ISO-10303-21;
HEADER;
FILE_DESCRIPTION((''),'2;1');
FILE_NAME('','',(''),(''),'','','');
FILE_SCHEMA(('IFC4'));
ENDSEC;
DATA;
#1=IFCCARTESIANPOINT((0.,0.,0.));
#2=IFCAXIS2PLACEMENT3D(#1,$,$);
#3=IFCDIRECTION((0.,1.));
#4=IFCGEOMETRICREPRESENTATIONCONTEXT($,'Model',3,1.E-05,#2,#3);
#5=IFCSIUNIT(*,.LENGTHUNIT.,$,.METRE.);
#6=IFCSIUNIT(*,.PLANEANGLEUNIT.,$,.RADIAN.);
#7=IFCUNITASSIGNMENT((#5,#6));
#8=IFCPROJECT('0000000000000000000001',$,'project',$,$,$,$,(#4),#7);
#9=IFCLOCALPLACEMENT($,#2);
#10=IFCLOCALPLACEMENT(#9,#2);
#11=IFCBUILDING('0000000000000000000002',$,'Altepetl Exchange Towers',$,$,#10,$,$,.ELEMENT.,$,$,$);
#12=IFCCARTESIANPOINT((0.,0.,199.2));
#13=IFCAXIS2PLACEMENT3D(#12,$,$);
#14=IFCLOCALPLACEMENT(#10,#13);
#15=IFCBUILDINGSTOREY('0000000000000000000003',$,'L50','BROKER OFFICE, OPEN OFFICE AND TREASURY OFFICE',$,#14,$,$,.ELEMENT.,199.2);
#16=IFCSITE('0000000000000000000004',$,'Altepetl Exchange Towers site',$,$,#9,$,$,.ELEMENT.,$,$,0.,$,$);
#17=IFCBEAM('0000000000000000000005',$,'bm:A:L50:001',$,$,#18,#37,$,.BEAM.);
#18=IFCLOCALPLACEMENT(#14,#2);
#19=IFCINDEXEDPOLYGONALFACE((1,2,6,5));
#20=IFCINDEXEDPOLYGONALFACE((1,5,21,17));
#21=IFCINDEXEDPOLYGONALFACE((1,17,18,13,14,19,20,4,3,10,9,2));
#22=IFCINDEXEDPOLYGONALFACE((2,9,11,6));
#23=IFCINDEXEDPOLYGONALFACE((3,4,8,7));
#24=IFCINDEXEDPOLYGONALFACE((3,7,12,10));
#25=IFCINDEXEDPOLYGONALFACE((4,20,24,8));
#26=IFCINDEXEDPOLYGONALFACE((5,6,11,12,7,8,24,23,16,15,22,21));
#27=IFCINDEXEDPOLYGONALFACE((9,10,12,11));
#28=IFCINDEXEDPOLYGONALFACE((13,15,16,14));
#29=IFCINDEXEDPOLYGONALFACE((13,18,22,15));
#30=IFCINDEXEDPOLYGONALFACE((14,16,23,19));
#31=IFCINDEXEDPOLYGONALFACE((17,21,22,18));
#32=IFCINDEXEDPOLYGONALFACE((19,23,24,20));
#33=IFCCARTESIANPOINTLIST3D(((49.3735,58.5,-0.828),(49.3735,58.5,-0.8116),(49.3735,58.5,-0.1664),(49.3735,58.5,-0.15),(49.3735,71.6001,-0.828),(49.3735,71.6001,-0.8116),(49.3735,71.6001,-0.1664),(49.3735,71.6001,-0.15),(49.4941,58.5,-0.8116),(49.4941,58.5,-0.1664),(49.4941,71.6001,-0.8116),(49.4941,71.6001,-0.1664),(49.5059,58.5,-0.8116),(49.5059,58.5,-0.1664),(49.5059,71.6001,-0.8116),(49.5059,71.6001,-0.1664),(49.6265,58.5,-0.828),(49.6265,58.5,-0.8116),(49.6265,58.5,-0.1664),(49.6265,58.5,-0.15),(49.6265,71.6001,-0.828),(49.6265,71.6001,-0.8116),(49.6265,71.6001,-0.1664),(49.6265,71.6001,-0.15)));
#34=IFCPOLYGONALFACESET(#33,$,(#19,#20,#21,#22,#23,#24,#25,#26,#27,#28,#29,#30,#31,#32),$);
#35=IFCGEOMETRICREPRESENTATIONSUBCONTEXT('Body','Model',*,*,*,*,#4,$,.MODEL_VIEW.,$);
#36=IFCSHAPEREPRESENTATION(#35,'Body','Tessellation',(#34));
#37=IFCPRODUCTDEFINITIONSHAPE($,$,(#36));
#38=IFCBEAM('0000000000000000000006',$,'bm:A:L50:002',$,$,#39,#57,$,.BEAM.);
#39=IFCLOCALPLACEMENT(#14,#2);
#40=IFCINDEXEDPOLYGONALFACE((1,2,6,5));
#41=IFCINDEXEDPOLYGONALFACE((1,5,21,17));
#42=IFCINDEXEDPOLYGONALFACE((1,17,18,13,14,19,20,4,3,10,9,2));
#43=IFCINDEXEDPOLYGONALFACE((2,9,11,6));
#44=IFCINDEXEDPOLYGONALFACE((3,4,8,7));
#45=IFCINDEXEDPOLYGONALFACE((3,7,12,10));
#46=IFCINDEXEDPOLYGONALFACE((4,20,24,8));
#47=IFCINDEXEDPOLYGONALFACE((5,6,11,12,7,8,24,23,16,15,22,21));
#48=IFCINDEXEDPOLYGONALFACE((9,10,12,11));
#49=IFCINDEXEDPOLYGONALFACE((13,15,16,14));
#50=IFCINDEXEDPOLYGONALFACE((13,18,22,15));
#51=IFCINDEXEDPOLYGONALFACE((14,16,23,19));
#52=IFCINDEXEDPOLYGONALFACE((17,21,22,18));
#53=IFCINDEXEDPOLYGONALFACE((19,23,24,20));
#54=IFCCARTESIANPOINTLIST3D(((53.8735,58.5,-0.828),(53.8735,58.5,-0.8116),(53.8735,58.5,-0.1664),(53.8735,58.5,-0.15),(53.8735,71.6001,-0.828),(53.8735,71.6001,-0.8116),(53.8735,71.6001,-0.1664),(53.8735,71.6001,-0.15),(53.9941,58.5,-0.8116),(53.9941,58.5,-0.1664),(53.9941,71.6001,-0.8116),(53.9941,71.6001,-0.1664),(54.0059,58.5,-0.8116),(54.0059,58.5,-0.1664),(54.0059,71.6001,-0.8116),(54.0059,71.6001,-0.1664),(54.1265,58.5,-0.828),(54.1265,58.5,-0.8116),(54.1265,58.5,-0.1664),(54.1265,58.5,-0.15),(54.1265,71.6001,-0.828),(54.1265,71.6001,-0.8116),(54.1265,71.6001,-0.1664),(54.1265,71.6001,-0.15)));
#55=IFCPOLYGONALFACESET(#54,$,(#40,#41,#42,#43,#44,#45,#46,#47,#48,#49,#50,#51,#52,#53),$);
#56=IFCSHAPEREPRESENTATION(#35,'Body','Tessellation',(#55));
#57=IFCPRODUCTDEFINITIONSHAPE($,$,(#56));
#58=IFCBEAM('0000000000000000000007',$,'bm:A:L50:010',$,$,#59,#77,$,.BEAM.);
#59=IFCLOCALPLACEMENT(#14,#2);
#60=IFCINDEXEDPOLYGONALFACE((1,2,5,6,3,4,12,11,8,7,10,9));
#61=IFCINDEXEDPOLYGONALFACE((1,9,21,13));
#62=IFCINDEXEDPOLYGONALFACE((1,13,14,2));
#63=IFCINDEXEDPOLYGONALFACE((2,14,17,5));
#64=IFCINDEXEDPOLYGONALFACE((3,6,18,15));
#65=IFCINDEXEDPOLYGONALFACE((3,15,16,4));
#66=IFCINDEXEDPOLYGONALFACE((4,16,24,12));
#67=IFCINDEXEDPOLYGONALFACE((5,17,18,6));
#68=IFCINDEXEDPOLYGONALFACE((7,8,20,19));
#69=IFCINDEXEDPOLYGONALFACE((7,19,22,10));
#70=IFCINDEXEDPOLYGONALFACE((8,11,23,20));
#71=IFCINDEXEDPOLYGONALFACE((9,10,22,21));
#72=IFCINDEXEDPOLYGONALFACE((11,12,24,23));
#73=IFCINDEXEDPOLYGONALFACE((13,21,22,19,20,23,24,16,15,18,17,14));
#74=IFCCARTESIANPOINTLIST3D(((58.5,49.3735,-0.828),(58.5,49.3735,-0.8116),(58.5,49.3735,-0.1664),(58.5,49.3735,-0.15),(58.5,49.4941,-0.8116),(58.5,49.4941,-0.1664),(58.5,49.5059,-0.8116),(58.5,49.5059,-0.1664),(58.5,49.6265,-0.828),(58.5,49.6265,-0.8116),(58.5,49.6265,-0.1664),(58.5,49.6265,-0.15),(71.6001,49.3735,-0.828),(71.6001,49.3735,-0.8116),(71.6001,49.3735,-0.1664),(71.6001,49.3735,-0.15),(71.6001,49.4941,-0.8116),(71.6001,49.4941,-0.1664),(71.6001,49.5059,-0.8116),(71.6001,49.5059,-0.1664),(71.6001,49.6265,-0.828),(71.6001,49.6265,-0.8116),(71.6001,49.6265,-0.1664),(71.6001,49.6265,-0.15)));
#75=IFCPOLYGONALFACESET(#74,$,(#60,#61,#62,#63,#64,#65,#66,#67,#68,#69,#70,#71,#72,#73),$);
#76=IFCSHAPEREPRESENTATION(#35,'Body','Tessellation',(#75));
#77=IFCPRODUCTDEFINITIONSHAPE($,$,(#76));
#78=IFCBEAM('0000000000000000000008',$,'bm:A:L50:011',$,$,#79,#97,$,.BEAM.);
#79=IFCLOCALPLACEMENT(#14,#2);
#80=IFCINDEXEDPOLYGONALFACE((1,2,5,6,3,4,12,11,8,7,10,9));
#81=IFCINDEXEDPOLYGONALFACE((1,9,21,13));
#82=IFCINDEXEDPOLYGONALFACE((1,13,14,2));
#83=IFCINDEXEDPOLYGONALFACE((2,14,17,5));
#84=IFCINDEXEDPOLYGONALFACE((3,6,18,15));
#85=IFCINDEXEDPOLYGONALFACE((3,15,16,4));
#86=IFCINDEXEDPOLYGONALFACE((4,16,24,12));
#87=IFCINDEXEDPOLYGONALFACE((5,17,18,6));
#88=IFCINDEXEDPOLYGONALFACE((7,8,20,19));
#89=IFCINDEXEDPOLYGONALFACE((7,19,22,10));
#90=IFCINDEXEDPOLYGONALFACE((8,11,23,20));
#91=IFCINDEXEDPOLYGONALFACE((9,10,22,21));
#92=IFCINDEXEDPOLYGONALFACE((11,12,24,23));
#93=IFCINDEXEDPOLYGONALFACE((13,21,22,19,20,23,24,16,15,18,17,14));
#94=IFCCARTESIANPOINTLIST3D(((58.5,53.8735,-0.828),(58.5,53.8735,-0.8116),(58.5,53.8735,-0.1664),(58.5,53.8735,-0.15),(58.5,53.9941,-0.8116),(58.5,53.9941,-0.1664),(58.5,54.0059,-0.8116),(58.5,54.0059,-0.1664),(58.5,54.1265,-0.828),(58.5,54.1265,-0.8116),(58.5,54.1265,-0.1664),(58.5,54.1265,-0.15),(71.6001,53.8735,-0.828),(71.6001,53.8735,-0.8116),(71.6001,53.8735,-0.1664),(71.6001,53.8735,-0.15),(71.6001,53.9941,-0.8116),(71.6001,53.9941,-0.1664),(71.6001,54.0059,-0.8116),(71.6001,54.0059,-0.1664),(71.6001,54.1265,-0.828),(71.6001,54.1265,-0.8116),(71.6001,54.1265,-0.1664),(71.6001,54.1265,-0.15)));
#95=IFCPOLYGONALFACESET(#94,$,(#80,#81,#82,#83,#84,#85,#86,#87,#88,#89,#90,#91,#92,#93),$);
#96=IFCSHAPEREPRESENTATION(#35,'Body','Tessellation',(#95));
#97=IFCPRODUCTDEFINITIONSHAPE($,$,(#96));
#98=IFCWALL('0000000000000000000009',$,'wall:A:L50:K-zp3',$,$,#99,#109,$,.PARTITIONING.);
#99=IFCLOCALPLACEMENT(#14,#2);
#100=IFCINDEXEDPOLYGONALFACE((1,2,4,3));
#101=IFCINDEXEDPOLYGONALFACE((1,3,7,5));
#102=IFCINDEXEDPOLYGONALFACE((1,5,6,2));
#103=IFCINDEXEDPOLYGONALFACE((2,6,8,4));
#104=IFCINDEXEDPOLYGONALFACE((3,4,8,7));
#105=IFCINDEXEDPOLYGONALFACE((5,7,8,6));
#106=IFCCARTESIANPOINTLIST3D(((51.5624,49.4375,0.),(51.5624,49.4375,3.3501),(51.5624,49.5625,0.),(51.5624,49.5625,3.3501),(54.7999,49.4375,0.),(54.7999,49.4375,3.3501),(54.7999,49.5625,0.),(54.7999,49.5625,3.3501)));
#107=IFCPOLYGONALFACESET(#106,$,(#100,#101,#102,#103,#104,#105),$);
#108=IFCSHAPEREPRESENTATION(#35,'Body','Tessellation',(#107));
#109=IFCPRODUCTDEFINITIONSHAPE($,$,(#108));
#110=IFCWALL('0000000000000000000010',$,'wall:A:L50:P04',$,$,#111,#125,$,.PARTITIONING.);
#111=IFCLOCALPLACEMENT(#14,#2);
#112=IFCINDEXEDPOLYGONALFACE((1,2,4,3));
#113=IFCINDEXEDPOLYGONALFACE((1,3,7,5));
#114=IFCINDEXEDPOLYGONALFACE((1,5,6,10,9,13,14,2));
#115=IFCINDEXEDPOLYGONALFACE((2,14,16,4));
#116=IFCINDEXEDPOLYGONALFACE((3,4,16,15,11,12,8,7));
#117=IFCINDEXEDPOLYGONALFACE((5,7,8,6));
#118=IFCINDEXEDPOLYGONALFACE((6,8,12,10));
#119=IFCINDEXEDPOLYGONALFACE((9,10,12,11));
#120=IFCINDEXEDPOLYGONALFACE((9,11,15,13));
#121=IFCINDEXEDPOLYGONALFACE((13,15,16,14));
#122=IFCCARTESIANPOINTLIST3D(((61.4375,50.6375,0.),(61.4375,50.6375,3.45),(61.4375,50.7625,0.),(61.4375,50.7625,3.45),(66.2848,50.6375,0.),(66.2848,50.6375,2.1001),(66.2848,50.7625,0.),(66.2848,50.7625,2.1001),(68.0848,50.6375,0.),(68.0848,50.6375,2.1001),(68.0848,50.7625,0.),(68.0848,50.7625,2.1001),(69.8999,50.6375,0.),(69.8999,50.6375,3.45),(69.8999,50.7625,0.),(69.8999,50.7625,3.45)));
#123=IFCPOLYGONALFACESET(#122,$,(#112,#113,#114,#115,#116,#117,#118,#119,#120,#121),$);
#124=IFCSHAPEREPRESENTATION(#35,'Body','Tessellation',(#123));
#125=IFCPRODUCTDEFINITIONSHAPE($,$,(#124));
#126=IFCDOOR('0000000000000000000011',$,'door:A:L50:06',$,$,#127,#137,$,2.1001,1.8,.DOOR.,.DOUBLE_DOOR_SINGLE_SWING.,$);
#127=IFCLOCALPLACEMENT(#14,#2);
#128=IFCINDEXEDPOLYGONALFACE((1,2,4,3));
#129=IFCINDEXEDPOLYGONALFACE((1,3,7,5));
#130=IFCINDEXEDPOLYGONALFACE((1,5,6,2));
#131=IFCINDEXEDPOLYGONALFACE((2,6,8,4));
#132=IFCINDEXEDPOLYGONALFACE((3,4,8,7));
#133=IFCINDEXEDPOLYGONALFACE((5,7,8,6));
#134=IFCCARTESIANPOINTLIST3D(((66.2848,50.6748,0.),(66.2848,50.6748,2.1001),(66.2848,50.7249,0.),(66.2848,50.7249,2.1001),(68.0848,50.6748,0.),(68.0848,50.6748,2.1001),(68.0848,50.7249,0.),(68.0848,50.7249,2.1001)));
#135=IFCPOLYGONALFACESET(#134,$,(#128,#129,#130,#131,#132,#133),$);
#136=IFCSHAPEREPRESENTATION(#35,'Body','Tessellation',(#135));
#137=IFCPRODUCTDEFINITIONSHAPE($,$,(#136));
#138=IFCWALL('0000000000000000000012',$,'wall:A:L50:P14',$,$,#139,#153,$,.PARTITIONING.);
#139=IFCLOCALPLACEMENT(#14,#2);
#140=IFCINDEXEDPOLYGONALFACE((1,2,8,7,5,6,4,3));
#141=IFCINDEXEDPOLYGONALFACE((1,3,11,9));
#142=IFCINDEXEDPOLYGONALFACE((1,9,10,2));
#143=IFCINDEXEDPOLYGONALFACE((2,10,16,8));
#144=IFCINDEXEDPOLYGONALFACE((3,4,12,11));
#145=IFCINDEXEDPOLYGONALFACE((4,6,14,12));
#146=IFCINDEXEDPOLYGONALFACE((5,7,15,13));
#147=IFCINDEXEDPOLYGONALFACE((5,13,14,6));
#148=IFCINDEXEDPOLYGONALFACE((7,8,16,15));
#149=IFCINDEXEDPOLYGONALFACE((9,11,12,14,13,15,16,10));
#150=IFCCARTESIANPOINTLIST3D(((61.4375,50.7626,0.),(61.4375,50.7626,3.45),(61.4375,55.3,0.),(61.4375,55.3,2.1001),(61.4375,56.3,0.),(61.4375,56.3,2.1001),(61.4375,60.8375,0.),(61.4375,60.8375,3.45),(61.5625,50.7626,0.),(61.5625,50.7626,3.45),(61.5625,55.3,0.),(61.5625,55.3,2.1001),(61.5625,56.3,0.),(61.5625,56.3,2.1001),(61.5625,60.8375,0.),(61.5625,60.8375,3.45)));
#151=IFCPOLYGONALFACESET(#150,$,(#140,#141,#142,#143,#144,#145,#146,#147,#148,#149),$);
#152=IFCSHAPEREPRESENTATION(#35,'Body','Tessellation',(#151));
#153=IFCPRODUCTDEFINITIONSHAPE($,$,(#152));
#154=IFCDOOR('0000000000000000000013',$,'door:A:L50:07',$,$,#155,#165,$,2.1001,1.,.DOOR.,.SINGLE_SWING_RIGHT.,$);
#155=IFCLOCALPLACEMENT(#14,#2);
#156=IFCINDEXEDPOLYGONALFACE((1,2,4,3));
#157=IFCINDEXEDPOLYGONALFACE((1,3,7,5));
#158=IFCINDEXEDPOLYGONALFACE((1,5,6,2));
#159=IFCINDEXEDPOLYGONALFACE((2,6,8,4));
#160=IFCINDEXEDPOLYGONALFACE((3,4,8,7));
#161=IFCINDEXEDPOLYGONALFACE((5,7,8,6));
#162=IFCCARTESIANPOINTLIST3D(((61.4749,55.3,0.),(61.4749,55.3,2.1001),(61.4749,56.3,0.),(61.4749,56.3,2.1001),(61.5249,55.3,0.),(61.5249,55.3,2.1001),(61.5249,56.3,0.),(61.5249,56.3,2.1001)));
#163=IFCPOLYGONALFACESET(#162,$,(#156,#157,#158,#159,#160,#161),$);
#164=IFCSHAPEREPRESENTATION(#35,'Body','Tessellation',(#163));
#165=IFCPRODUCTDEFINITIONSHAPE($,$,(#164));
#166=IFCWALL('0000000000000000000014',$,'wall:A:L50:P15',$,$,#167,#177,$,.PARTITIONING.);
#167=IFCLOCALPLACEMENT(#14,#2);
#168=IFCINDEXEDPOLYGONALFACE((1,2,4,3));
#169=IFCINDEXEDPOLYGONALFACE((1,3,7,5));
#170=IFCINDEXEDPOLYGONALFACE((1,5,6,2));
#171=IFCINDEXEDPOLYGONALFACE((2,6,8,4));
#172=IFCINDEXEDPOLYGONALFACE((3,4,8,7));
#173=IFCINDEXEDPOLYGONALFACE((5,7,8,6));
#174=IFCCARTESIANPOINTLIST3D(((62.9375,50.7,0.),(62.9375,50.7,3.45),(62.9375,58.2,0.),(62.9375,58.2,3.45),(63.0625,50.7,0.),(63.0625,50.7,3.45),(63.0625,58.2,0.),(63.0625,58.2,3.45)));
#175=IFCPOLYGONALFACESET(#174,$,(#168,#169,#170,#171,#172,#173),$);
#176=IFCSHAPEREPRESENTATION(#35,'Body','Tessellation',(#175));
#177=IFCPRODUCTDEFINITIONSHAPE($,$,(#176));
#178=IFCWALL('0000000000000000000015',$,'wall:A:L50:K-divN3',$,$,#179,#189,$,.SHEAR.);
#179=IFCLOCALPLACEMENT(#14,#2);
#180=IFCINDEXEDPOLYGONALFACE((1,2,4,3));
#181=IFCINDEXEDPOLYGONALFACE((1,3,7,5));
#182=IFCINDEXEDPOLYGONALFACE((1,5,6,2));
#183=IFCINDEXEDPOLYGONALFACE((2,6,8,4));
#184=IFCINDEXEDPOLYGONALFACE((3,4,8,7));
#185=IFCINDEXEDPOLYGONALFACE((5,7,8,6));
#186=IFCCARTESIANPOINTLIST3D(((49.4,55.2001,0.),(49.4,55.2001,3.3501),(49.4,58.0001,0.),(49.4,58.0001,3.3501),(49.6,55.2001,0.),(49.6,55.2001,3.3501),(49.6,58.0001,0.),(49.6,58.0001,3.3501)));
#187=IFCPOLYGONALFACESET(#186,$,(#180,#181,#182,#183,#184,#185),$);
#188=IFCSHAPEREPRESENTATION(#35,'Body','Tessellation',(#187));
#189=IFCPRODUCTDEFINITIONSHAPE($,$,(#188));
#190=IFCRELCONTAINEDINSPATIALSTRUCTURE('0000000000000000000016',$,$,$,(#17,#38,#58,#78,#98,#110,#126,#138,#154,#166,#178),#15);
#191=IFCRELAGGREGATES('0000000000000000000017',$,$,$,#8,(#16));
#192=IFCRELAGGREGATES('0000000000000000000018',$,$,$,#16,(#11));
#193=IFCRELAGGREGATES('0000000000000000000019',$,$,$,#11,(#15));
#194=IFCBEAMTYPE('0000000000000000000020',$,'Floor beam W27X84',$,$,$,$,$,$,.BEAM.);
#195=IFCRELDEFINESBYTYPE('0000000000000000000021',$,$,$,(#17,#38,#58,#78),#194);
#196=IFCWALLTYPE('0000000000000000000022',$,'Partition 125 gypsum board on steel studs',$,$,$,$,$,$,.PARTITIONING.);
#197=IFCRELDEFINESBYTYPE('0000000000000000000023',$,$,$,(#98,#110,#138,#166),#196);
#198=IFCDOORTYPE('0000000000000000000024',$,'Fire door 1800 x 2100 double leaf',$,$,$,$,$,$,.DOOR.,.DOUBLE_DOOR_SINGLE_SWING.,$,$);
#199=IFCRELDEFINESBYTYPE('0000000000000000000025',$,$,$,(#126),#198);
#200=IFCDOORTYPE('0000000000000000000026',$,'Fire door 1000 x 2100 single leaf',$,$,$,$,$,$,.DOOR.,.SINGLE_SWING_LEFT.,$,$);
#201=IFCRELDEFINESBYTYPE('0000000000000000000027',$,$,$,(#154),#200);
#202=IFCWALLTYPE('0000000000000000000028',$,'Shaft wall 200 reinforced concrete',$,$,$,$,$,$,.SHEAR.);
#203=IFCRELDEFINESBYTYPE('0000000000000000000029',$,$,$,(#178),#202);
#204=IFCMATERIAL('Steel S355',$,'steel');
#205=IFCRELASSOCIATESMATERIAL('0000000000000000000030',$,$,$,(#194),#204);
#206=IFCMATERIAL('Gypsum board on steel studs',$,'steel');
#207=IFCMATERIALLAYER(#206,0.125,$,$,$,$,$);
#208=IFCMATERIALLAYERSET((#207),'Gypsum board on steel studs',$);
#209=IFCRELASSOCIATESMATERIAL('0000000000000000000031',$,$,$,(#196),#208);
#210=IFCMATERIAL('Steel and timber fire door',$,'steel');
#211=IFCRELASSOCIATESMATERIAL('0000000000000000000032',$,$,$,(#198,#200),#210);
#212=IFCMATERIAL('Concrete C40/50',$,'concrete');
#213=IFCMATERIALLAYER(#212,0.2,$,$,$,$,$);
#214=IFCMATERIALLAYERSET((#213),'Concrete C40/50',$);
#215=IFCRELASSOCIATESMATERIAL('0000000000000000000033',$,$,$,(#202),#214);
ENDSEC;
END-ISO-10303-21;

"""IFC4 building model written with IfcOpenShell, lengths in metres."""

from ifc_helpers import new_model, si_unit, direction, frame, frame_2d, origin, origin_2d, place, context, subcontext, project, spatial, rectangle, i_section, extrude, material, layer, layer_set, material_profile, profile_set, type_object, element, fill, save


model = new_model("IFC4")

# Units and contexts
model_context = context("Model", 3, precision=1e-05, world=origin(), true_north=direction((0.0, 1.0)))
body_context = subcontext(model_context, "Body", "Model", "MODEL_VIEW")
ifc_project = project(units=[si_unit("LENGTHUNIT", "METRE"), si_unit("PLANEANGLEUNIT", "RADIAN")], contexts=[model_context])

# Site, building, storey
site_placement = place(None, origin())
site = spatial("IfcSite", under=ifc_project, at=site_placement, Name="Altepetl Exchange Towers site", CompositionType="ELEMENT", RefElevation=0.0)
building_placement = place(site_placement, origin())
building = spatial("IfcBuilding", under=site, at=building_placement, Name="Altepetl Exchange Towers", CompositionType="ELEMENT")
storey_placement = place(building_placement, frame((0.0, 0.0, 199.2)))
storey = spatial("IfcBuildingStorey", under=building, at=storey_placement, Name="L50", Description="BROKER OFFICE, OPEN OFFICE AND TREASURY OFFICE", CompositionType="ELEMENT", Elevation=199.2)

# Beams
ifc_material_1 = material(Name="Steel S355", Category="steel")
ifc_material_profile = material_profile(ifc_material_1, i_section(OverallWidth=0.2529, OverallDepth=0.678, WebThickness=0.0117, FlangeThickness=0.0164, at=origin_2d()), Name="W27X84")
ifc_profile_set = profile_set([ifc_material_profile], Name="Steel S355")
beam_type = type_object("IfcBeamType", Name="Floor beam W27X84", PredefinedType="BEAM", material=ifc_profile_set)
for number, where, z_axis, x_axis, name in (
    (1, (49.5, 58.5, -0.489), (0.0, 1.0, 0.0), (-1.0, 0.0, 0.0), "bm:A:L50:001"),
    (2, (54.0, 58.5, -0.489), (0.0, 1.0, 0.0), (-1.0, 0.0, 0.0), "bm:A:L50:002"),
    (3, (58.5, 49.5, -0.489), (1.0, 0.0, 0.0), (0.0, 1.0, 0.0), "bm:A:L50:010"),
    (4, (58.5, 54.0, -0.489), (1.0, 0.0, 0.0), (0.0, 1.0, 0.0), "bm:A:L50:011"),
):
    element("IfcBeam", number, at=place(storey_placement, frame(where, z_axis=z_axis, x_axis=x_axis)), inside=storey, type_object=beam_type, Name=name, PredefinedType="BEAM", context=body_context, shape_type="SweptSolid", body=[
        extrude(i_section(OverallWidth=0.2529, OverallDepth=0.678, WebThickness=0.0117, FlangeThickness=0.0164, at=origin_2d()), origin(), (0.0, 0.0, 1.0), 13.1001),
    ])

# Wall
ifc_material_2 = material(Name="Gypsum board on steel studs", Category="steel")
ifc_layer_1 = layer(ifc_material_2, 0.125)
ifc_layer_set_1 = layer_set([ifc_layer_1], Name="Gypsum board on steel studs")
wall_type_1 = type_object("IfcWallType", Name="Partition 125 gypsum board on steel studs", PredefinedType="PARTITIONING", material=ifc_layer_set_1)
wall_1_placement = place(storey_placement, frame((51.5625, 49.5, 0.0)))
element("IfcWall", 5, at=wall_1_placement, inside=storey, type_object=wall_type_1, Name="wall:A:L50:K-zp3", PredefinedType="PARTITIONING", context=body_context, shape_type="SweptSolid", body=[
    extrude(rectangle(XDim=3.2375, YDim=0.125, at=frame_2d((1.6187, 0.0))), origin(), (0.0, 0.0, 1.0), 3.3501),
])

# Walls, openings, doors
wall_2_placement = place(storey_placement, frame((61.4375, 50.7, 0.0)))
wall_2 = element("IfcWall", 6, at=wall_2_placement, inside=storey, type_object=wall_type_1, Name="wall:A:L50:P04", PredefinedType="PARTITIONING", context=body_context, shape_type="SweptSolid", body=[
    extrude(rectangle(XDim=8.4624, YDim=0.125, at=frame_2d((4.2312, 0.0))), origin(), (0.0, 0.0, 1.0), 3.45),
])
opening_1_placement = place(wall_2_placement, frame((4.8474, 0.0, 0.0)))
opening_1 = element("IfcOpeningElement", 7, at=opening_1_placement, cuts=wall_2, PredefinedType="OPENING", context=body_context, shape_type="SweptSolid", body=[
    extrude(rectangle(XDim=1.8, YDim=2.1001, at=frame_2d((0.8999, 1.05))), frame((0.0, 0.0725, 0.0), z_axis=(0.0, -1.0, 0.0), x_axis=(1.0, 0.0, 0.0)), (0.0, 0.0, 1.0), 0.145),
])
ifc_material_3 = material(Name="Steel and timber fire door", Category="steel")
door_type_1 = type_object("IfcDoorType", Name="Fire door 1800 x 2100 double leaf", OperationType="DOUBLE_DOOR_SINGLE_SWING", PredefinedType="DOOR", material=ifc_material_3)
door_1_placement = place(opening_1_placement, origin())
door_1 = element("IfcDoor", 8, at=door_1_placement, inside=storey, type_object=door_type_1, Name="door:A:L50:06", OperationType="DOUBLE_DOOR_SINGLE_SWING", OverallHeight=2.1001, OverallWidth=1.8, PredefinedType="DOOR", context=body_context, shape_type="SweptSolid", body=[
    extrude(rectangle(XDim=1.8, YDim=2.1001, at=frame_2d((0.8999, 1.05))), frame((0.0, 0.0249, 0.0), z_axis=(0.0, -1.0, 0.0), x_axis=(1.0, 0.0, 0.0)), (0.0, 0.0, 1.0), 0.05),
])
fill(opening_1, door_1)
wall_3_placement = place(storey_placement, frame((61.5, 50.7625, 0.0), z_axis=(0.0, 0.0, 1.0), x_axis=(0.0, 1.0, 0.0)))
wall_3 = element("IfcWall", 9, at=wall_3_placement, inside=storey, type_object=wall_type_1, Name="wall:A:L50:P14", PredefinedType="PARTITIONING", context=body_context, shape_type="SweptSolid", body=[
    extrude(rectangle(XDim=10.075, YDim=0.125, at=frame_2d((5.0376, 0.0))), origin(), (0.0, 0.0, 1.0), 3.45),
])
opening_2_placement = place(wall_3_placement, frame((4.5376, 0.0, 0.0)))
opening_2 = element("IfcOpeningElement", 10, at=opening_2_placement, cuts=wall_3, PredefinedType="OPENING", context=body_context, shape_type="SweptSolid", body=[
    extrude(rectangle(XDim=1.0, YDim=2.1001, at=frame_2d((0.5, 1.05))), frame((0.0, 0.0725, 0.0), z_axis=(0.0, -1.0, 0.0), x_axis=(1.0, 0.0, 0.0)), (0.0, 0.0, 1.0), 0.145),
])
door_type_2 = type_object("IfcDoorType", Name="Fire door 1000 x 2100 single leaf", OperationType="SINGLE_SWING_LEFT", PredefinedType="DOOR", material=ifc_material_3)
door_2_placement = place(opening_2_placement, frame((1.0, 0.0, 0.0), x_axis=(-1.0, 0.0, 0.0)))
door_2 = element("IfcDoor", 11, at=door_2_placement, inside=storey, type_object=door_type_2, Name="door:A:L50:07", OperationType="SINGLE_SWING_RIGHT", OverallHeight=2.1001, OverallWidth=1.0, PredefinedType="DOOR", context=body_context, shape_type="SweptSolid", body=[
    extrude(rectangle(XDim=1.0, YDim=2.1001, at=frame_2d((0.5, 1.05))), frame((0.0, 0.0249, 0.0), z_axis=(0.0, -1.0, 0.0), x_axis=(1.0, 0.0, 0.0)), (0.0, 0.0, 1.0), 0.05),
])
fill(opening_2, door_2)

# Walls
wall_4_placement = place(storey_placement, frame((63.0, 50.7, 0.0), z_axis=(0.0, 0.0, 1.0), x_axis=(0.0, 1.0, 0.0)))
element("IfcWall", 12, at=wall_4_placement, inside=storey, type_object=wall_type_1, Name="wall:A:L50:P15", PredefinedType="PARTITIONING", context=body_context, shape_type="SweptSolid", body=[
    extrude(rectangle(XDim=7.5, YDim=0.125, at=frame_2d((3.75, 0.0))), origin(), (0.0, 0.0, 1.0), 3.45),
])
ifc_material_4 = material(Name="Concrete C40/50", Category="concrete")
ifc_layer_2 = layer(ifc_material_4, 0.2)
ifc_layer_set_2 = layer_set([ifc_layer_2], Name="Concrete C40/50")
wall_type_2 = type_object("IfcWallType", Name="Shaft wall 200 reinforced concrete", PredefinedType="SHEAR", material=ifc_layer_set_2)
for number, where, z_axis, x_axis, name in (
    (13, (49.5, 58.0, 0.0), (0.0, 0.0, 1.0), (0.0, -1.0, 0.0), "wall:A:L50:K-divN3"),
):
    element("IfcWall", number, at=place(storey_placement, frame(where, z_axis=z_axis, x_axis=x_axis)), inside=storey, type_object=wall_type_2, Name=name, PredefinedType="SHEAR", context=body_context, shape_type="SweptSolid", body=[
        extrude(rectangle(XDim=2.8, YDim=0.2, at=frame_2d((1.3999, 0.0))), origin(), (0.0, 0.0, 1.0), 3.3501),
    ])

save(model, "model.ifc")
